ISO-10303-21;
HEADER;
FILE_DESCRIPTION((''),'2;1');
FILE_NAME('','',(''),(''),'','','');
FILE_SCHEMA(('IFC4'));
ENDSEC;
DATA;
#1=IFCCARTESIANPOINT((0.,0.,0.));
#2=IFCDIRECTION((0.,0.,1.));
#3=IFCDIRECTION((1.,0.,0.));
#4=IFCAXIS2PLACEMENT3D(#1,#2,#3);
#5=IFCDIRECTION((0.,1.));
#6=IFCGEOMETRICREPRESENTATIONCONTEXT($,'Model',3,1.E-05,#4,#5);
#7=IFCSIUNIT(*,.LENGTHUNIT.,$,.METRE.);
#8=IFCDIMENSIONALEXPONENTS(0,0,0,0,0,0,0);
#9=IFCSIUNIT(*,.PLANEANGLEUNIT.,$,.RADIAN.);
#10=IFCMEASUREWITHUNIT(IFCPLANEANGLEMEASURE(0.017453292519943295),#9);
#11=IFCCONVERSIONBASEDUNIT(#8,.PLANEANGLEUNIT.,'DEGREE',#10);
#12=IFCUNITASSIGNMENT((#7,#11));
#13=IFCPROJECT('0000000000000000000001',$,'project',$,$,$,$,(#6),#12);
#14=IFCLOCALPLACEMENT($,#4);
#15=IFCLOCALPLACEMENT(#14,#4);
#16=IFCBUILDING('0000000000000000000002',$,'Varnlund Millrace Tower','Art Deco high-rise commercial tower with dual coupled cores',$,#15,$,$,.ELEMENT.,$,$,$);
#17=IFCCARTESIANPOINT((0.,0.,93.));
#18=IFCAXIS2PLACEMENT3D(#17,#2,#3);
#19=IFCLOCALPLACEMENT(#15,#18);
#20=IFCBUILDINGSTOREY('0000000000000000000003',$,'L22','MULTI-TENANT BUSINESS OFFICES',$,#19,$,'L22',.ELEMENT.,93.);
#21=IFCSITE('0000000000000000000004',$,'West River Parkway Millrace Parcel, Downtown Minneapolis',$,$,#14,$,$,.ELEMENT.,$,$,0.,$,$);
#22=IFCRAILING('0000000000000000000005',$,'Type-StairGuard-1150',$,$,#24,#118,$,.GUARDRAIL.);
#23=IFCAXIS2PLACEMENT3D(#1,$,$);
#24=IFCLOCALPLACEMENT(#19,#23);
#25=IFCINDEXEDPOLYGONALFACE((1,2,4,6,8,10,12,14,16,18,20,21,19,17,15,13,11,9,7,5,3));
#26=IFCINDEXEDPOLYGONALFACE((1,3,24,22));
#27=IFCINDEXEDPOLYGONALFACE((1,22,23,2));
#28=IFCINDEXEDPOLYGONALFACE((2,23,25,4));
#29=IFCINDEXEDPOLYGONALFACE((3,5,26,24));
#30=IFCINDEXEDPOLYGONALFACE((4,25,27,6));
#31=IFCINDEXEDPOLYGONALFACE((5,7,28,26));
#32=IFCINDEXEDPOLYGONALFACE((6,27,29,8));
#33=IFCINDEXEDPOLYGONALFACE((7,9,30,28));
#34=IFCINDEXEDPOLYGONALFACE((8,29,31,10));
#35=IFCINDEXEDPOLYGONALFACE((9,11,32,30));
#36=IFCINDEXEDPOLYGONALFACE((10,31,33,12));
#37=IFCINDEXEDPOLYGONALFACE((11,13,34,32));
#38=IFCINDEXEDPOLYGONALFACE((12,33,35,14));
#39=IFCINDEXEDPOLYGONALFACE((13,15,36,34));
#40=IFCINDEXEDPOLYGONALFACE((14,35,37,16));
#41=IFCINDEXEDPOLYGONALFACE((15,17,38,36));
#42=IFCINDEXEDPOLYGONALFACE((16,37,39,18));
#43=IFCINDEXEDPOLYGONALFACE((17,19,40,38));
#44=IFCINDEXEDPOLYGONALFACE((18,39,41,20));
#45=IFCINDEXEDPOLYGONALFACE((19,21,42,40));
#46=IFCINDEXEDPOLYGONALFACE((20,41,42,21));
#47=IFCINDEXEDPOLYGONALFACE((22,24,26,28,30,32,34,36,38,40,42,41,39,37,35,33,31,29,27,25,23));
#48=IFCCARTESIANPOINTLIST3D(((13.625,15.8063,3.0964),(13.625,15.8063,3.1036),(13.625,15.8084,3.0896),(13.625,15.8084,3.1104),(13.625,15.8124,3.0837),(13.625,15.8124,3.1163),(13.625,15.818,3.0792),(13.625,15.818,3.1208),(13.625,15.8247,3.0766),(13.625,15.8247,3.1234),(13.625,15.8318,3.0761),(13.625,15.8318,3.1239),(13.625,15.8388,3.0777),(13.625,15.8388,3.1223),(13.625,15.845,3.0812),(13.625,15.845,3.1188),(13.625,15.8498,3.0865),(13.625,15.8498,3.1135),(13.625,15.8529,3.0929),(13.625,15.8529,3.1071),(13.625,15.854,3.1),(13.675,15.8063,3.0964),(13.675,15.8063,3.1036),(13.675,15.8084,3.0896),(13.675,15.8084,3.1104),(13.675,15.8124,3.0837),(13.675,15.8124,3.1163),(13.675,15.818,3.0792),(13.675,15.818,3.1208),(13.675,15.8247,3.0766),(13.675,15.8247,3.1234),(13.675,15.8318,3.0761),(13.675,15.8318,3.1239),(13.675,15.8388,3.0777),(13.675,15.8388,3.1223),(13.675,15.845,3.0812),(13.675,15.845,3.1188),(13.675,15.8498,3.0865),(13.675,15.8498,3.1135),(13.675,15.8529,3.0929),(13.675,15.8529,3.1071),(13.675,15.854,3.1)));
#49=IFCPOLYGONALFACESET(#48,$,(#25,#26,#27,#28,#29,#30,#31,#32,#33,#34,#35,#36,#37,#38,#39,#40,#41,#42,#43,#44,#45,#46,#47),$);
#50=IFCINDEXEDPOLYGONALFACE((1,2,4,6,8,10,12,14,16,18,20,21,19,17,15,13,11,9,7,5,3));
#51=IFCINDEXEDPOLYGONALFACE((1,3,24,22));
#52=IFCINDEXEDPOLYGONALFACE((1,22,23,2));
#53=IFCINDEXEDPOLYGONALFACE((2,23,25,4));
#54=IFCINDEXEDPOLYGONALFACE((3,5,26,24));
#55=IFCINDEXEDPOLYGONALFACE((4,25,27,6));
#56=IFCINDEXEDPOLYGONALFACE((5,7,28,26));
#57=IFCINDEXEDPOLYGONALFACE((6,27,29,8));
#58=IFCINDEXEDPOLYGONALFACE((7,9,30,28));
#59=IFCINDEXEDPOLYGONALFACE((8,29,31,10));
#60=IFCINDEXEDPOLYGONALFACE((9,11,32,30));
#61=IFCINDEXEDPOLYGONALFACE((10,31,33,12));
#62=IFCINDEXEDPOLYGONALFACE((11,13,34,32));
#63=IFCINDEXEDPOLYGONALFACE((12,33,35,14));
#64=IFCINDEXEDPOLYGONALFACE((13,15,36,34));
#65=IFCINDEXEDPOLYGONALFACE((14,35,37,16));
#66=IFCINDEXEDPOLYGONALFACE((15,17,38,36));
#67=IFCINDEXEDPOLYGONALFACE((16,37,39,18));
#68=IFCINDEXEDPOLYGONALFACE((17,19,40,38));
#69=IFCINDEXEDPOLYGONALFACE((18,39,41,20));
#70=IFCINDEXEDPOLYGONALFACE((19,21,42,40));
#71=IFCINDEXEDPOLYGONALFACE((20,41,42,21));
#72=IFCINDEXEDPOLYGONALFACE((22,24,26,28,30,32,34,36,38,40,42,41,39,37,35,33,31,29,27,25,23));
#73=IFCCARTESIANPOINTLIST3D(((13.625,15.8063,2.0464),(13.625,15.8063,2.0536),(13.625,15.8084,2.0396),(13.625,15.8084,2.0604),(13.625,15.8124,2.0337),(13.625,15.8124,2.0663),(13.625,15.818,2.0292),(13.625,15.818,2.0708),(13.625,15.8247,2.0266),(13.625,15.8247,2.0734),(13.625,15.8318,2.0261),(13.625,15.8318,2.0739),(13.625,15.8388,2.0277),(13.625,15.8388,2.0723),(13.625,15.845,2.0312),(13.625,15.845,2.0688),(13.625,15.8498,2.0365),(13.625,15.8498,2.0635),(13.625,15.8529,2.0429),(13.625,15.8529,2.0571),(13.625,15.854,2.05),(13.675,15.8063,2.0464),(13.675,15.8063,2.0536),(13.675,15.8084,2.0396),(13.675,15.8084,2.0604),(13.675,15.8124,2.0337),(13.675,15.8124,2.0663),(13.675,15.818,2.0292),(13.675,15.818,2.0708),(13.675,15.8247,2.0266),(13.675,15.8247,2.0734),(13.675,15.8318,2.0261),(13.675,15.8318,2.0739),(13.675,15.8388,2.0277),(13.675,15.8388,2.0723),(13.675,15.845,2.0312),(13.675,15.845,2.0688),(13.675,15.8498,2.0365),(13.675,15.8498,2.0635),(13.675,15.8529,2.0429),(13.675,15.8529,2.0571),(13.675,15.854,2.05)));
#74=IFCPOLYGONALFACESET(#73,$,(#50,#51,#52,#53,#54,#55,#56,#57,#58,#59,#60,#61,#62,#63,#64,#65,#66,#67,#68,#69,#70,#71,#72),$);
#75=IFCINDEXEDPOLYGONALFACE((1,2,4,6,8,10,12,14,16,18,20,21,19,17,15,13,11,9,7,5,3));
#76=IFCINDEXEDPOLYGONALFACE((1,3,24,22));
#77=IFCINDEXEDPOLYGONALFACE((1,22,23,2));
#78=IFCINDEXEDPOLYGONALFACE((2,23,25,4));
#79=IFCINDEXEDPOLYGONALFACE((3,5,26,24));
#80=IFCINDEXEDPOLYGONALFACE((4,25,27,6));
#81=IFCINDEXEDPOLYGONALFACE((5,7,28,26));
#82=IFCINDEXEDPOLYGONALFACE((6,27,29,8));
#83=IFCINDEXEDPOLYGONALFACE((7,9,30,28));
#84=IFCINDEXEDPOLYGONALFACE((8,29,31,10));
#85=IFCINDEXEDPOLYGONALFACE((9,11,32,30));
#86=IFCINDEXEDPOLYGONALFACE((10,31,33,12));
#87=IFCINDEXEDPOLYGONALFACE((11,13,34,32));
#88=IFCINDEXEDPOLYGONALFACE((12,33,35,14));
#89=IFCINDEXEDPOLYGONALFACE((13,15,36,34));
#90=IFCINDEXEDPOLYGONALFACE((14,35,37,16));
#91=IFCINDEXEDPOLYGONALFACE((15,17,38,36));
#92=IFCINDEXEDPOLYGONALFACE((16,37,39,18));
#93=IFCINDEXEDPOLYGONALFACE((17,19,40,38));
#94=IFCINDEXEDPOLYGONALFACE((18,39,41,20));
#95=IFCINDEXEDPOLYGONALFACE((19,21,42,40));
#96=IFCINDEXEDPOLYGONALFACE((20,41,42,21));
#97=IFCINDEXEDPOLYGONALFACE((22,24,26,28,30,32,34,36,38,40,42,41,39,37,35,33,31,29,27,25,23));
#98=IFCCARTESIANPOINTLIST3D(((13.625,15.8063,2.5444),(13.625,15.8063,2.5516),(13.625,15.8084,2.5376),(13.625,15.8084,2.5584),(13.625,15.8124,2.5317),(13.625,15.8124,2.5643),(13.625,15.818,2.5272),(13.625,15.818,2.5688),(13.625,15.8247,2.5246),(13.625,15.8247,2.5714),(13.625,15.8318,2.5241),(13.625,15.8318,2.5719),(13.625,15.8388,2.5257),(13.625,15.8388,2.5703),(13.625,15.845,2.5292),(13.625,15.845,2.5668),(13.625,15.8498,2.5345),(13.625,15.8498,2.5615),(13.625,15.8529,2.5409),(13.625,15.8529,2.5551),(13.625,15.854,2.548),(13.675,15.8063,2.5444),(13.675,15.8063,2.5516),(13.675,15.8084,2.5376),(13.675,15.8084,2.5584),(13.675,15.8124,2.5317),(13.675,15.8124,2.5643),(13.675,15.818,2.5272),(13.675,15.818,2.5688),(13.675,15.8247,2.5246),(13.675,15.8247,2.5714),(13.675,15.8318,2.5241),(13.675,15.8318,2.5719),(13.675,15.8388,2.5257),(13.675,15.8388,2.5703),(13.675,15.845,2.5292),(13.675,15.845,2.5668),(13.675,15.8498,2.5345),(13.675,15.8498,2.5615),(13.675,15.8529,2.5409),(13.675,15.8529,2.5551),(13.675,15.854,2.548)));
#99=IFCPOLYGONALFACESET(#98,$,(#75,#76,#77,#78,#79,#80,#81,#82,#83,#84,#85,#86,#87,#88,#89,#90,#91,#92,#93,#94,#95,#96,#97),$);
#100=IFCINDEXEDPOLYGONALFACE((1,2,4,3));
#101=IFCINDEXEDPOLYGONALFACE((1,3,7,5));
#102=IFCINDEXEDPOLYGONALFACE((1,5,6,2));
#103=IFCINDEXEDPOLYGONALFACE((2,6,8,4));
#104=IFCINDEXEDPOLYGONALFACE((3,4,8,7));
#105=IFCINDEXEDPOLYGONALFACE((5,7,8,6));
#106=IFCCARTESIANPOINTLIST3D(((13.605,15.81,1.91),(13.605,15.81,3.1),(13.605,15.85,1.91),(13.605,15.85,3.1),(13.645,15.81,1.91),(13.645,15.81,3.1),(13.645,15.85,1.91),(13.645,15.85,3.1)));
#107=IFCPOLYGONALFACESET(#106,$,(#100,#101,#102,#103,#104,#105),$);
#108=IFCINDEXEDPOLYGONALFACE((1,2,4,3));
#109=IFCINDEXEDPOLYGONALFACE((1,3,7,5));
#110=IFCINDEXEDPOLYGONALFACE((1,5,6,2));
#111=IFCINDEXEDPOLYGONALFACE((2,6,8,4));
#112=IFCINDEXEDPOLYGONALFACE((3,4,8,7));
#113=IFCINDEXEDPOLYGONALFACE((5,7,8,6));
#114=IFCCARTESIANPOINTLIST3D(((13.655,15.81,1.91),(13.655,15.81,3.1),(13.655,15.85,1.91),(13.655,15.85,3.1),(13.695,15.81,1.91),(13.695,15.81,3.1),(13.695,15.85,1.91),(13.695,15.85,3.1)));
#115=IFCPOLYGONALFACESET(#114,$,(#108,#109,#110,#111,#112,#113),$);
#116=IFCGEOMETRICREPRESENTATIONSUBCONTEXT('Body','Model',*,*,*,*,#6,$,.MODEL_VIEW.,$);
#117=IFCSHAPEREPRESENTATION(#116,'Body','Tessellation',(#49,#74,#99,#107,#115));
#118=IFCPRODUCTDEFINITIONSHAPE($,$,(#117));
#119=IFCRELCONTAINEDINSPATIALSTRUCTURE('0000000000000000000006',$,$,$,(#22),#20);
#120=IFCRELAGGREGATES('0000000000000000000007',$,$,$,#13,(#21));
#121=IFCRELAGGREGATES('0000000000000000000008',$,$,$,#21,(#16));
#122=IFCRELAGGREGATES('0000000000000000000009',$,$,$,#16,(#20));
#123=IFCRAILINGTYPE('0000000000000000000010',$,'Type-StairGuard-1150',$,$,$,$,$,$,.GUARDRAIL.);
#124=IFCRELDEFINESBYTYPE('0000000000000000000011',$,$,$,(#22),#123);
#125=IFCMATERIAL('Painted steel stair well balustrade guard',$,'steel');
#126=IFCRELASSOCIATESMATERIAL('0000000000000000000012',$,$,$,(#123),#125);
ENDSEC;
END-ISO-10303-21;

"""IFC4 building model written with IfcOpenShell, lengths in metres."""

from ifc_helpers import new_model, entity, si_unit, converted_unit, direction, frame, origin_with_axes, origin_2d_with_axis, place, context, subcontext, project, spatial, rectangle, circle, extrude, material, type_object, element, save


model = new_model("IFC4")

# Units and contexts
model_context = context("Model", 3, precision=1e-05, world=origin_with_axes(), true_north=direction((0.0, 1.0)))
body_context = subcontext(model_context, "Body", "Model", "MODEL_VIEW")
ifc_project = project(units=[si_unit("LENGTHUNIT", "METRE"), converted_unit("PLANEANGLEUNIT", "DEGREE", entity("IfcPlaneAngleMeasure", 0.017453292519943295), si_unit("PLANEANGLEUNIT", "RADIAN"), dimensions=[0, 0, 0, 0, 0, 0, 0])], contexts=[model_context])

# Site, building, storey
site_placement = place(None, origin_with_axes())
site = spatial("IfcSite", under=ifc_project, at=site_placement, Name="West River Parkway Millrace Parcel, Downtown Minneapolis", CompositionType="ELEMENT", RefElevation=0.0)
building_placement = place(site_placement, origin_with_axes())
building = spatial("IfcBuilding", under=site, at=building_placement, Name="Varnlund Millrace Tower", Description="Art Deco high-rise commercial tower with dual coupled cores", CompositionType="ELEMENT")
storey_placement = place(building_placement, frame((0.0, 0.0, 93.0), z_axis=(0.0, 0.0, 1.0), x_axis=(1.0, 0.0, 0.0)))
storey = spatial("IfcBuildingStorey", under=building, at=storey_placement, Name="L22", Description="MULTI-TENANT BUSINESS OFFICES", LongName="L22", CompositionType="ELEMENT", Elevation=93.0)

# Railing
ifc_material_1 = material(Name="Painted steel stair well balustrade guard", Category="steel")
railing_type_1 = type_object("IfcRailingType", Name="Type-StairGuard-1150", PredefinedType="GUARDRAIL", material=ifc_material_1)
railing_1_placement = place(storey_placement, frame((0.0, 0.0, -93.0), z_axis=(0.0, 0.0, 1.0), x_axis=(1.0, 0.0, 0.0)))
element("IfcRailing", 1, at=railing_1_placement, inside=storey, type_object=railing_type_1, Name="Type-StairGuard-1150", PredefinedType="GUARDRAIL", context=body_context, shape_type="SweptSolid", body=[
    extrude(circle(Radius=0.024, at=origin_2d_with_axis()), frame((13.625, 15.83, 96.1), z_axis=(1.0, 0.0, 0.0), x_axis=(0.0, 1.0, 0.0)), (0.0, 0.0, 1.0), 0.05),
    extrude(circle(Radius=0.024, at=origin_2d_with_axis()), frame((13.625, 15.83, 95.05), z_axis=(1.0, 0.0, 0.0), x_axis=(0.0, 1.0, 0.0)), (0.0, 0.0, 1.0), 0.05),
    extrude(circle(Radius=0.024, at=origin_2d_with_axis()), frame((13.625, 15.83, 95.548), z_axis=(1.0, 0.0, 0.0), x_axis=(0.0, 1.0, 0.0)), (0.0, 0.0, 1.0), 0.05),
    extrude(rectangle(XDim=0.04, YDim=0.04, at=origin_2d_with_axis()), frame((13.625, 15.83, 94.91), z_axis=(0.0, 0.0, 1.0), x_axis=(1.0, 0.0, 0.0)), (0.0, 0.0, 1.0), 1.19),
    extrude(rectangle(XDim=0.04, YDim=0.04, at=origin_2d_with_axis()), frame((13.675, 15.83, 94.91), z_axis=(0.0, 0.0, 1.0), x_axis=(1.0, 0.0, 0.0)), (0.0, 0.0, 1.0), 1.19),
])

save(model, "model.ifc")
